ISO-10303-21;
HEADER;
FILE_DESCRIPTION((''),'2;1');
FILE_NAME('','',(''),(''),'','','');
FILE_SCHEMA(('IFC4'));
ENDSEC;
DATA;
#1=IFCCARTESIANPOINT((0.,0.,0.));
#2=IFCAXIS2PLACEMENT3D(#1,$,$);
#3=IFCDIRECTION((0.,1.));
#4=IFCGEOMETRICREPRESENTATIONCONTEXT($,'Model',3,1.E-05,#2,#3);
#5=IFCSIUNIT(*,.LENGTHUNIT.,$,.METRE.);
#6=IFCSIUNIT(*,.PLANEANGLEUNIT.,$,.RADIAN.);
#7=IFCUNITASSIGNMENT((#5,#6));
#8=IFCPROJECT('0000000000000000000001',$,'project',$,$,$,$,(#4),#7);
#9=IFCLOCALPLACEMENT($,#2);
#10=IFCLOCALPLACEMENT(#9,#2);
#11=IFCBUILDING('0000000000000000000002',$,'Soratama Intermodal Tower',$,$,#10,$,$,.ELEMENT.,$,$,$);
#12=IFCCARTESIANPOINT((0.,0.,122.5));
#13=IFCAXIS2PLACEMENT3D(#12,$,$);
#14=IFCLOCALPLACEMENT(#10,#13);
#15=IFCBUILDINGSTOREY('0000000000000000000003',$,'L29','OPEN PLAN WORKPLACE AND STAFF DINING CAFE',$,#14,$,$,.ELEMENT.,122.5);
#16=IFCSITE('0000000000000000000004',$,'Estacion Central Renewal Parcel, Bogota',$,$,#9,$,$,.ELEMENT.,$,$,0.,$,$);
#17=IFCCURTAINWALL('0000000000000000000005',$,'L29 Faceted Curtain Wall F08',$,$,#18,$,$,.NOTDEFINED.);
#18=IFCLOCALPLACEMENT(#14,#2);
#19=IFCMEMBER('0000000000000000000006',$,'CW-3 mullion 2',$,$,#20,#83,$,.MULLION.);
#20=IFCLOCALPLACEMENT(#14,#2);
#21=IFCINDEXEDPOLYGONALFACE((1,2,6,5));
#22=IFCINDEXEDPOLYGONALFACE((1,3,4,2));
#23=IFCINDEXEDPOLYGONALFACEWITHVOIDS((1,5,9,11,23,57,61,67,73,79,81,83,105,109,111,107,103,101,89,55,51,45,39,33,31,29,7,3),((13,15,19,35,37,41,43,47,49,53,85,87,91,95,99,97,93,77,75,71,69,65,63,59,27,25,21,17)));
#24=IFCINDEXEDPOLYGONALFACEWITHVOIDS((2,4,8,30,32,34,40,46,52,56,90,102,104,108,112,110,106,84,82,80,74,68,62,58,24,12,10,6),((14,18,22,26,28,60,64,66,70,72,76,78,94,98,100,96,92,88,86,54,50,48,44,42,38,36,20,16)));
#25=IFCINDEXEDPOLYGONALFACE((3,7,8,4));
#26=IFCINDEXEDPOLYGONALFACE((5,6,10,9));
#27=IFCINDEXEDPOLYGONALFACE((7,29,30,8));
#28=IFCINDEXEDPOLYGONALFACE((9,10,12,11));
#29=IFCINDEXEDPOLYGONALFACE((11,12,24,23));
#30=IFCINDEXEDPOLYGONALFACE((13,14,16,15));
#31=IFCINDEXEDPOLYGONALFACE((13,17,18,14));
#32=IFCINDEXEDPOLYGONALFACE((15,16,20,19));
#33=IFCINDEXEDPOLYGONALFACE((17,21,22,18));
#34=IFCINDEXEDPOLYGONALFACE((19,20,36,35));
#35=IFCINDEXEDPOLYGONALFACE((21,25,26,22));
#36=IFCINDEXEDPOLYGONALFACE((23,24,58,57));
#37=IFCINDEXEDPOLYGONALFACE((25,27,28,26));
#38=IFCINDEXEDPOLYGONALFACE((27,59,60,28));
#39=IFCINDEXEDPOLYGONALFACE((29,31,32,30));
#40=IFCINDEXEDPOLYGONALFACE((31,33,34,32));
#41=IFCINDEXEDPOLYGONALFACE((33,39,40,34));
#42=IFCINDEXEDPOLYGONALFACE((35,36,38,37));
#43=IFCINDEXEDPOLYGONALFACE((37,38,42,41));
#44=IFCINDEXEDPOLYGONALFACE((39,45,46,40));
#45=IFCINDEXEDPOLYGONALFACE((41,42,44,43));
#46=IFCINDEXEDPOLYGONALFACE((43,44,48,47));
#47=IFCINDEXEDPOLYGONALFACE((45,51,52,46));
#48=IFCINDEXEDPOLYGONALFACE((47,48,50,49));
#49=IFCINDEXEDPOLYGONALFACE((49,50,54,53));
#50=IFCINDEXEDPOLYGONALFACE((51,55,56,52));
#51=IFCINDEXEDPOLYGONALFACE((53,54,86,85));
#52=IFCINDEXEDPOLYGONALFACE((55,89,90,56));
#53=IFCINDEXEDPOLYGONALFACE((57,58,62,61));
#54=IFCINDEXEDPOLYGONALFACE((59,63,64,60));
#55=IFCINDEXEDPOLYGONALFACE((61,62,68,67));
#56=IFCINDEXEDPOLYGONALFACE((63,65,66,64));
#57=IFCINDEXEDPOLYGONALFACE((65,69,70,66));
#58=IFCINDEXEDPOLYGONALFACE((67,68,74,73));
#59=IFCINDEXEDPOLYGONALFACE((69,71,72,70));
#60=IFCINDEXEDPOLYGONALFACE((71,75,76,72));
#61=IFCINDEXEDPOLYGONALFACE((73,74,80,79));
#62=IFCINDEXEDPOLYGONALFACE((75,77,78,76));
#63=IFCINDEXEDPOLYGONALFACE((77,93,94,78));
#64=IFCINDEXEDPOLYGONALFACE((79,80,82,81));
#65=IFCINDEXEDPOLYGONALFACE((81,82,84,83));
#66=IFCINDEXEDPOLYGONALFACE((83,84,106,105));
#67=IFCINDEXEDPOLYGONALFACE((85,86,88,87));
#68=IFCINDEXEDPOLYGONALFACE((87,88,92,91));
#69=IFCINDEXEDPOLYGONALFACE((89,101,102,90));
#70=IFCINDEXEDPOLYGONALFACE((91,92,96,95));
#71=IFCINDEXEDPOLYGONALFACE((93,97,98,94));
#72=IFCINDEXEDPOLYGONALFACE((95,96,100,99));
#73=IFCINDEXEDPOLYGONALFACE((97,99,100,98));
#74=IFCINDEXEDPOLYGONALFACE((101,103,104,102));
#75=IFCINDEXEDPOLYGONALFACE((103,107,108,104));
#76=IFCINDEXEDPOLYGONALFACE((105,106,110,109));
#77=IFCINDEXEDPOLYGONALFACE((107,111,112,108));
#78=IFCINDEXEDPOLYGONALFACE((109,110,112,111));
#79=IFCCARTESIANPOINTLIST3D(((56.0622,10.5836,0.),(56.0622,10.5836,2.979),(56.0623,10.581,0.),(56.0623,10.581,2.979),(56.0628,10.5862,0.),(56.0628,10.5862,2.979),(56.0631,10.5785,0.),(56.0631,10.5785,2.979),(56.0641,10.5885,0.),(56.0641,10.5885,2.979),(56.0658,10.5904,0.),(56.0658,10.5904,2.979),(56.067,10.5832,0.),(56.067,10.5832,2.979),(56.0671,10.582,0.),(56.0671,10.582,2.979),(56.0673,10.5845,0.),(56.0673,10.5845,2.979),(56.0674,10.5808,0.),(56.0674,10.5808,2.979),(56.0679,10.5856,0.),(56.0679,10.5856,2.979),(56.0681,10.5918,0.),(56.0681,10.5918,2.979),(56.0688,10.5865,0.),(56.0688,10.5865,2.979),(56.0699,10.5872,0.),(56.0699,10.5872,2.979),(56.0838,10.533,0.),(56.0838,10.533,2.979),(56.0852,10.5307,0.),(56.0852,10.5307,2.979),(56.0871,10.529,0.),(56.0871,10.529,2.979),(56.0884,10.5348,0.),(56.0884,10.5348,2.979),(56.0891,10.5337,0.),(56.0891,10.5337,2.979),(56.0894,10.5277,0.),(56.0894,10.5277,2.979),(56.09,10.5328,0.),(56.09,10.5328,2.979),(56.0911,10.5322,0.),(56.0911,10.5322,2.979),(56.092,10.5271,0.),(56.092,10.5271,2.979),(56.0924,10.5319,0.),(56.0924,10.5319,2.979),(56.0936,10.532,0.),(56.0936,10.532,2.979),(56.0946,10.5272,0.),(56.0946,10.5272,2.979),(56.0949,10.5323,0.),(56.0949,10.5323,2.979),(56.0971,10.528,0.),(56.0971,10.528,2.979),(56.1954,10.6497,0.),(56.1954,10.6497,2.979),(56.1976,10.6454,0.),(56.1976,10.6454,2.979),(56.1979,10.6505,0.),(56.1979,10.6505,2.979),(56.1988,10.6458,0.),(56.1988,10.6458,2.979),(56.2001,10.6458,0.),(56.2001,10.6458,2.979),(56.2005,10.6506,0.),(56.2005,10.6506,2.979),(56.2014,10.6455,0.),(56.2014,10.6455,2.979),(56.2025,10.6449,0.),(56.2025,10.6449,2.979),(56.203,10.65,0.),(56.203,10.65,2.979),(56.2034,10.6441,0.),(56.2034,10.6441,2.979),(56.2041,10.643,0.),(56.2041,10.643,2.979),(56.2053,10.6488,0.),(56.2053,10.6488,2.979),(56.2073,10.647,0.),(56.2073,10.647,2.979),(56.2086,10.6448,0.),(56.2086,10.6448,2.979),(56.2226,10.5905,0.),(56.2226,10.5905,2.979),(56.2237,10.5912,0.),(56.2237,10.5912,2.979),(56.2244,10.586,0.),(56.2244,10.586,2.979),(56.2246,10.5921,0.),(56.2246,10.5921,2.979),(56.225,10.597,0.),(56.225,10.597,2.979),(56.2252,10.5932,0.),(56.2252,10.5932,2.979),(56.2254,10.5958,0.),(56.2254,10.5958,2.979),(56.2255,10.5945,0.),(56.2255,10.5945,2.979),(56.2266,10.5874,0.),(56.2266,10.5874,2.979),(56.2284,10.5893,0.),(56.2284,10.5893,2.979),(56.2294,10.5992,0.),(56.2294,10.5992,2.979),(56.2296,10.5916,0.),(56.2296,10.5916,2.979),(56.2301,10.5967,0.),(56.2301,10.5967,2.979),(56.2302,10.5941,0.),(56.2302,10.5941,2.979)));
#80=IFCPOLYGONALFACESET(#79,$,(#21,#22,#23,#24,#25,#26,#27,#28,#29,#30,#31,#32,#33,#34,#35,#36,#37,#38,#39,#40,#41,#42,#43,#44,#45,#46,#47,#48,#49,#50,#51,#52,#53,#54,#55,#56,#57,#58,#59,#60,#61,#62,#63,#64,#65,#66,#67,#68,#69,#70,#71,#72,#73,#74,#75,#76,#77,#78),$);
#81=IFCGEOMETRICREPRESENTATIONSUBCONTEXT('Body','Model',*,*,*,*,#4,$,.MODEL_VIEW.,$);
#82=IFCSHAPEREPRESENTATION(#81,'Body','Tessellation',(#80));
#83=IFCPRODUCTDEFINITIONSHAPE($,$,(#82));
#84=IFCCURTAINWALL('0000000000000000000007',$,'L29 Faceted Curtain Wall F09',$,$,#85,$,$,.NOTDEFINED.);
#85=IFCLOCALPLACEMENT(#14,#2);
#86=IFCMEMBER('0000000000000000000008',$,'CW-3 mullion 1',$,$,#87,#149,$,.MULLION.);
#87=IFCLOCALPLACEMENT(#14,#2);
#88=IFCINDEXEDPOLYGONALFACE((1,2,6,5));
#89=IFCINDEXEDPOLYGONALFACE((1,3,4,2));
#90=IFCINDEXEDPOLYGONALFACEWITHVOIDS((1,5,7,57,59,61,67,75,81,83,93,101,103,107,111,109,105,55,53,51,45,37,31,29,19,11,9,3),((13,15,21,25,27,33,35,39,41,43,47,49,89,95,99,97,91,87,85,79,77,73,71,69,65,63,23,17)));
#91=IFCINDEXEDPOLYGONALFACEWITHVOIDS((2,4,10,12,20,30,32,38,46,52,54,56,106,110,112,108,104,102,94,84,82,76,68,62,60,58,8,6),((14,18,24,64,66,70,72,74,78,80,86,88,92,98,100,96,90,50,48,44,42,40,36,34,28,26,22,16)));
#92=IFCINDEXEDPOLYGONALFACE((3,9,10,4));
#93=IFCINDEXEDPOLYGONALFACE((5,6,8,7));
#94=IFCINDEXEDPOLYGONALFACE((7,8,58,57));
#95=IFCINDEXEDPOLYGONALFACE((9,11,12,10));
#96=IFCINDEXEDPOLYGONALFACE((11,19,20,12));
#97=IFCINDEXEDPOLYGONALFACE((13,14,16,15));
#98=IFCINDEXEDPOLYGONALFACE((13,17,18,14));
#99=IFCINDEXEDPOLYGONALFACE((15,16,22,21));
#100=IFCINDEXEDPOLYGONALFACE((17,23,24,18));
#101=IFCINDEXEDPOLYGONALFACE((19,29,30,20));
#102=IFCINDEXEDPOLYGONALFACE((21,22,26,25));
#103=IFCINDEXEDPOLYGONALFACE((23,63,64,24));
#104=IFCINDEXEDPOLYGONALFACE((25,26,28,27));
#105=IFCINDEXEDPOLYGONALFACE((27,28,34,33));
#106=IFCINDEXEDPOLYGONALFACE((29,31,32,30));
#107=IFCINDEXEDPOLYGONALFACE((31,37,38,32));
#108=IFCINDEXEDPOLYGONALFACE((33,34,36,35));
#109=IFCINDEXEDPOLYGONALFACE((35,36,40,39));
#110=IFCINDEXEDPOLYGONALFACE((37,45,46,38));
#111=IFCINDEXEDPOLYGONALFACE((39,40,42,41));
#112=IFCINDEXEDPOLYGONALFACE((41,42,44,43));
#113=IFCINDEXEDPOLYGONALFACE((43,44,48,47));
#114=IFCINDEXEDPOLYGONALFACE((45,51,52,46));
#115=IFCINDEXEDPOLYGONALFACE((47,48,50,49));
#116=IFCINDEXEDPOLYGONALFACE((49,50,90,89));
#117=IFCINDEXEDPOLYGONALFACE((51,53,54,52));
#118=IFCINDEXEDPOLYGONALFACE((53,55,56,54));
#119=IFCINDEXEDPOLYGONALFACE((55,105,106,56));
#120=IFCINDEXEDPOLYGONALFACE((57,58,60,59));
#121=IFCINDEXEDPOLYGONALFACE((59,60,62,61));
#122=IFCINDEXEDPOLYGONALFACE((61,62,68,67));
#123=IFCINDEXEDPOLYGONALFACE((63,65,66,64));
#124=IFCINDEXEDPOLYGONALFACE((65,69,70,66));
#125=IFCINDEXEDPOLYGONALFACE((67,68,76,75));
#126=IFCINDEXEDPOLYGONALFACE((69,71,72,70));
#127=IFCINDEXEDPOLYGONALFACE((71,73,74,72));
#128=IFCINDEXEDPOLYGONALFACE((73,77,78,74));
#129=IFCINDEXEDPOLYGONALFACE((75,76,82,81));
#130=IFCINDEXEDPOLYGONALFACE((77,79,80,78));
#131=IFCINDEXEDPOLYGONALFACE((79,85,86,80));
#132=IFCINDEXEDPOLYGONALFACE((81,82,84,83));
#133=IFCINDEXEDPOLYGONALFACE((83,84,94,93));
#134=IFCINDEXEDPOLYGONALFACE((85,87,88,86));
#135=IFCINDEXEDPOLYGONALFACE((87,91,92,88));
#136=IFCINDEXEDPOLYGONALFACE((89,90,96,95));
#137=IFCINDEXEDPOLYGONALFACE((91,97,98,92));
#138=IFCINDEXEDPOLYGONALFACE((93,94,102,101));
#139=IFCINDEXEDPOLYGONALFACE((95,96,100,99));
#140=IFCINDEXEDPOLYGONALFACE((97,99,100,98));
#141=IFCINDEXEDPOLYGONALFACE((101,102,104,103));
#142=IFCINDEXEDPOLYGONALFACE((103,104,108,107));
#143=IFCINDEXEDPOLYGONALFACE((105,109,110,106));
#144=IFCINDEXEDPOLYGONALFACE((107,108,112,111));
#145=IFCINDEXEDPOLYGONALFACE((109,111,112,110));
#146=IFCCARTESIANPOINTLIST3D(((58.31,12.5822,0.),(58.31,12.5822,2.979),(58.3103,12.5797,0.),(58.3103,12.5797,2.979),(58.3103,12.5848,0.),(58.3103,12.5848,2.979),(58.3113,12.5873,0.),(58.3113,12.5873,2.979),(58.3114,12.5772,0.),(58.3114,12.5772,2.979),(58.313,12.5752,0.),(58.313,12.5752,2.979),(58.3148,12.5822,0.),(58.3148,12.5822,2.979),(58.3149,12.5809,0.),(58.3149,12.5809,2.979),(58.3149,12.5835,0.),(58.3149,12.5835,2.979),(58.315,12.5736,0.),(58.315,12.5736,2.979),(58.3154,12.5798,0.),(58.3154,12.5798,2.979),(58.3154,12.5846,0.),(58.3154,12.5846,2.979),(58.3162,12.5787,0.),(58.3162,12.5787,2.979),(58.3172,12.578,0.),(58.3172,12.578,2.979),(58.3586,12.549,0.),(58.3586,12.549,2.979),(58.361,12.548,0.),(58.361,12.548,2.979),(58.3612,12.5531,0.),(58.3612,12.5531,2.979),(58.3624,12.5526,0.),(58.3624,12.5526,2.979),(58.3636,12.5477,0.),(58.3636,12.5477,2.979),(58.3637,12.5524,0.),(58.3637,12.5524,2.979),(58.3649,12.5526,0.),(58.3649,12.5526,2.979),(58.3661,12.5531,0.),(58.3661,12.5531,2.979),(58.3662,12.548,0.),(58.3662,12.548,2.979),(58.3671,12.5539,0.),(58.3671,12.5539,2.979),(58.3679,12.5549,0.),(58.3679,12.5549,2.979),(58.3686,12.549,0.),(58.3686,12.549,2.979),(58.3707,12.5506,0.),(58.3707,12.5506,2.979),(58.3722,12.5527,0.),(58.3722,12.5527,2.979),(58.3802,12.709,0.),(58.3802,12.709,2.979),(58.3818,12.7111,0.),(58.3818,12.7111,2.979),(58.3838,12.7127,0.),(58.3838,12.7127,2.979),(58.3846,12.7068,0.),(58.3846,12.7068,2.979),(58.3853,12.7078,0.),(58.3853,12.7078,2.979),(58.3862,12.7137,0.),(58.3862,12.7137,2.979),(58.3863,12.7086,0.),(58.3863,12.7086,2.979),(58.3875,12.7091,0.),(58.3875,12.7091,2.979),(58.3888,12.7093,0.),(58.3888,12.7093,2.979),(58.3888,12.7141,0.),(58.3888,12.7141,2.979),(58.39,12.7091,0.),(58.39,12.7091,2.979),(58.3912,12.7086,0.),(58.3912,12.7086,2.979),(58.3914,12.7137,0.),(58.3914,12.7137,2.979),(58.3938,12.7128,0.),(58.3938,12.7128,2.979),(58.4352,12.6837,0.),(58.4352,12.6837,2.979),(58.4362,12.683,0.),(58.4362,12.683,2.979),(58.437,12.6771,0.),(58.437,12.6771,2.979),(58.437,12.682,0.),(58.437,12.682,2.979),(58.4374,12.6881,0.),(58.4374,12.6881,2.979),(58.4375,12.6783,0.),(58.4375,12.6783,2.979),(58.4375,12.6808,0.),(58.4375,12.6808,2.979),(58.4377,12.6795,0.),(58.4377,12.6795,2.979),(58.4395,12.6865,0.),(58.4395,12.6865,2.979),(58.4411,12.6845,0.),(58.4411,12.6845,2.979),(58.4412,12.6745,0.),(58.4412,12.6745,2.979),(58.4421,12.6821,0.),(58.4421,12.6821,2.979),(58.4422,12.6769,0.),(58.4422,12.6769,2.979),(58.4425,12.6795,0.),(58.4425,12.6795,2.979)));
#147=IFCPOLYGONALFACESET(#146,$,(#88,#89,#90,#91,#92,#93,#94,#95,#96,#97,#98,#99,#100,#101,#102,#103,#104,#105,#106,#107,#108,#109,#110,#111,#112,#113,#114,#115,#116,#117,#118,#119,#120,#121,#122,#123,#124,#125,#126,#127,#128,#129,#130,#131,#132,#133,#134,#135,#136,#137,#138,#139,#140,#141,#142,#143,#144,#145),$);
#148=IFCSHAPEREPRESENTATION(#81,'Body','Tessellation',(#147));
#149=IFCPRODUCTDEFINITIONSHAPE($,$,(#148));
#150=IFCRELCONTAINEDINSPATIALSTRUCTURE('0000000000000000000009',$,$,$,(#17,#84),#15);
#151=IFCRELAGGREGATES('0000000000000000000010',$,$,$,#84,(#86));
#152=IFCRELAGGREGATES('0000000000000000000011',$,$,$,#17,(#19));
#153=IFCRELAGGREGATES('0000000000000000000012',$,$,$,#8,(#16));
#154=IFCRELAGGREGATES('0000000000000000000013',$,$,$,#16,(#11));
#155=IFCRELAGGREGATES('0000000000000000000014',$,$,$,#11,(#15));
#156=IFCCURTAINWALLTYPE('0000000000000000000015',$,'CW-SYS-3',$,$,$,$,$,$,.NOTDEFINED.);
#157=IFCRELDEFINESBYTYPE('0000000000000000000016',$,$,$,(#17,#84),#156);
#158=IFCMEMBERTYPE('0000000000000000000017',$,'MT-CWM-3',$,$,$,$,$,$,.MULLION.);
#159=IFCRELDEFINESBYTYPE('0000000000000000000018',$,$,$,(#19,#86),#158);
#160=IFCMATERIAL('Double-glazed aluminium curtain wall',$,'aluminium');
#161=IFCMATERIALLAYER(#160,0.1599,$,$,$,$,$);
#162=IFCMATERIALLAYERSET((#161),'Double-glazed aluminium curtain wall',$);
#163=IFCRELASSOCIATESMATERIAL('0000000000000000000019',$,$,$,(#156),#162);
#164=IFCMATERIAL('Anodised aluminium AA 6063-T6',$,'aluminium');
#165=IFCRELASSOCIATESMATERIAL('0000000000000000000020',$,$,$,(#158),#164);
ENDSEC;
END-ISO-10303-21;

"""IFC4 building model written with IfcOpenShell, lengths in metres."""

from ifc_helpers import new_model, si_unit, direction, frame, origin, origin_2d, place, context, subcontext, project, spatial, hollow_rectangle, extrude, material, layer, layer_set, material_profile, profile_set, type_object, element, aggregate, save


model = new_model("IFC4")

# Units and contexts
model_context = context("Model", 3, precision=1e-05, world=origin(), true_north=direction((0.0, 1.0)))
body_context = subcontext(model_context, "Body", "Model", "MODEL_VIEW")
ifc_project = project(units=[si_unit("LENGTHUNIT", "METRE"), si_unit("PLANEANGLEUNIT", "RADIAN")], contexts=[model_context])

# Site, building, storey
site_placement = place(None, origin())
site = spatial("IfcSite", under=ifc_project, at=site_placement, Name="Estacion Central Renewal Parcel, Bogota", CompositionType="ELEMENT", RefElevation=0.0)
building_placement = place(site_placement, origin())
building = spatial("IfcBuilding", under=site, at=building_placement, Name="Soratama Intermodal Tower", CompositionType="ELEMENT")
storey_placement = place(building_placement, frame((0.0, 0.0, 122.5)))
storey = spatial("IfcBuildingStorey", under=building, at=storey_placement, Name="L29", Description="OPEN PLAN WORKPLACE AND STAFF DINING CAFE", CompositionType="ELEMENT", Elevation=122.5)

# Curtain walls, members
ifc_material_1 = material(Name="Double-glazed aluminium curtain wall", Category="aluminium")
ifc_layer_1 = layer(ifc_material_1, 0.1599)
ifc_layer_set_1 = layer_set([ifc_layer_1], Name="Double-glazed aluminium curtain wall")
curtain_wall_type = type_object("IfcCurtainWallType", Name="CW-SYS-3", PredefinedType="NOTDEFINED", material=ifc_layer_set_1)
curtain_wall_1_placement = place(storey_placement, origin())
curtain_wall_1 = element("IfcCurtainWall", 1, at=curtain_wall_1_placement, inside=storey, type_object=curtain_wall_type, Name="L29 Faceted Curtain Wall F08", PredefinedType="NOTDEFINED")
ifc_material_2 = material(Name="Anodised aluminium AA 6063-T6", Category="aluminium")
ifc_material_profile_1 = material_profile(ifc_material_2, hollow_rectangle(XDim=0.0701, YDim=0.1599, WallThickness=0.0049, InnerFilletRadius=0.0049, OuterFilletRadius=0.01, at=origin_2d()), Name="CWM160X70X5")
ifc_profile_set_1 = profile_set([ifc_material_profile_1], Name="Anodised aluminium AA 6063-T6")
member_type_1 = type_object("IfcMemberType", Name="MT-CWM-3", PredefinedType="MULLION", material=ifc_profile_set_1)
member_1_placement = place(storey_placement, frame((56.1462, 10.5889, 0.0), z_axis=(0.0, 0.0, 1.0), x_axis=(-0.414381, 0.910103, 0.0)))
member_1 = element("IfcMember", 2, at=member_1_placement, type_object=member_type_1, Name="CW-3 mullion 2", PredefinedType="MULLION", context=body_context, shape_type="SweptSolid", body=[
    extrude(hollow_rectangle(XDim=0.0701, YDim=0.1599, WallThickness=0.0049, InnerFilletRadius=0.0049, OuterFilletRadius=0.01, at=origin_2d()), origin(), (0.0, 0.0, 1.0), 2.979),
])
curtain_wall_2_placement = place(storey_placement, origin())
curtain_wall_2 = element("IfcCurtainWall", 3, at=curtain_wall_2_placement, inside=storey, type_object=curtain_wall_type, Name="L29 Faceted Curtain Wall F09", PredefinedType="NOTDEFINED")
member_2_placement = place(storey_placement, frame((58.3762, 12.6309, 0.0), z_axis=(0.0, 0.0, 1.0), x_axis=(-0.870183, 0.492728, 0.0)))
member_2 = element("IfcMember", 4, at=member_2_placement, type_object=member_type_1, Name="CW-3 mullion 1", PredefinedType="MULLION", context=body_context, shape_type="SweptSolid", body=[
    extrude(hollow_rectangle(XDim=0.0701, YDim=0.1599, WallThickness=0.0049, InnerFilletRadius=0.0049, OuterFilletRadius=0.01, at=origin_2d()), origin(), (0.0, 0.0, 1.0), 2.979),
])
aggregate(curtain_wall_2, [member_2])

aggregate(curtain_wall_1, [member_1])

save(model, "model.ifc")
